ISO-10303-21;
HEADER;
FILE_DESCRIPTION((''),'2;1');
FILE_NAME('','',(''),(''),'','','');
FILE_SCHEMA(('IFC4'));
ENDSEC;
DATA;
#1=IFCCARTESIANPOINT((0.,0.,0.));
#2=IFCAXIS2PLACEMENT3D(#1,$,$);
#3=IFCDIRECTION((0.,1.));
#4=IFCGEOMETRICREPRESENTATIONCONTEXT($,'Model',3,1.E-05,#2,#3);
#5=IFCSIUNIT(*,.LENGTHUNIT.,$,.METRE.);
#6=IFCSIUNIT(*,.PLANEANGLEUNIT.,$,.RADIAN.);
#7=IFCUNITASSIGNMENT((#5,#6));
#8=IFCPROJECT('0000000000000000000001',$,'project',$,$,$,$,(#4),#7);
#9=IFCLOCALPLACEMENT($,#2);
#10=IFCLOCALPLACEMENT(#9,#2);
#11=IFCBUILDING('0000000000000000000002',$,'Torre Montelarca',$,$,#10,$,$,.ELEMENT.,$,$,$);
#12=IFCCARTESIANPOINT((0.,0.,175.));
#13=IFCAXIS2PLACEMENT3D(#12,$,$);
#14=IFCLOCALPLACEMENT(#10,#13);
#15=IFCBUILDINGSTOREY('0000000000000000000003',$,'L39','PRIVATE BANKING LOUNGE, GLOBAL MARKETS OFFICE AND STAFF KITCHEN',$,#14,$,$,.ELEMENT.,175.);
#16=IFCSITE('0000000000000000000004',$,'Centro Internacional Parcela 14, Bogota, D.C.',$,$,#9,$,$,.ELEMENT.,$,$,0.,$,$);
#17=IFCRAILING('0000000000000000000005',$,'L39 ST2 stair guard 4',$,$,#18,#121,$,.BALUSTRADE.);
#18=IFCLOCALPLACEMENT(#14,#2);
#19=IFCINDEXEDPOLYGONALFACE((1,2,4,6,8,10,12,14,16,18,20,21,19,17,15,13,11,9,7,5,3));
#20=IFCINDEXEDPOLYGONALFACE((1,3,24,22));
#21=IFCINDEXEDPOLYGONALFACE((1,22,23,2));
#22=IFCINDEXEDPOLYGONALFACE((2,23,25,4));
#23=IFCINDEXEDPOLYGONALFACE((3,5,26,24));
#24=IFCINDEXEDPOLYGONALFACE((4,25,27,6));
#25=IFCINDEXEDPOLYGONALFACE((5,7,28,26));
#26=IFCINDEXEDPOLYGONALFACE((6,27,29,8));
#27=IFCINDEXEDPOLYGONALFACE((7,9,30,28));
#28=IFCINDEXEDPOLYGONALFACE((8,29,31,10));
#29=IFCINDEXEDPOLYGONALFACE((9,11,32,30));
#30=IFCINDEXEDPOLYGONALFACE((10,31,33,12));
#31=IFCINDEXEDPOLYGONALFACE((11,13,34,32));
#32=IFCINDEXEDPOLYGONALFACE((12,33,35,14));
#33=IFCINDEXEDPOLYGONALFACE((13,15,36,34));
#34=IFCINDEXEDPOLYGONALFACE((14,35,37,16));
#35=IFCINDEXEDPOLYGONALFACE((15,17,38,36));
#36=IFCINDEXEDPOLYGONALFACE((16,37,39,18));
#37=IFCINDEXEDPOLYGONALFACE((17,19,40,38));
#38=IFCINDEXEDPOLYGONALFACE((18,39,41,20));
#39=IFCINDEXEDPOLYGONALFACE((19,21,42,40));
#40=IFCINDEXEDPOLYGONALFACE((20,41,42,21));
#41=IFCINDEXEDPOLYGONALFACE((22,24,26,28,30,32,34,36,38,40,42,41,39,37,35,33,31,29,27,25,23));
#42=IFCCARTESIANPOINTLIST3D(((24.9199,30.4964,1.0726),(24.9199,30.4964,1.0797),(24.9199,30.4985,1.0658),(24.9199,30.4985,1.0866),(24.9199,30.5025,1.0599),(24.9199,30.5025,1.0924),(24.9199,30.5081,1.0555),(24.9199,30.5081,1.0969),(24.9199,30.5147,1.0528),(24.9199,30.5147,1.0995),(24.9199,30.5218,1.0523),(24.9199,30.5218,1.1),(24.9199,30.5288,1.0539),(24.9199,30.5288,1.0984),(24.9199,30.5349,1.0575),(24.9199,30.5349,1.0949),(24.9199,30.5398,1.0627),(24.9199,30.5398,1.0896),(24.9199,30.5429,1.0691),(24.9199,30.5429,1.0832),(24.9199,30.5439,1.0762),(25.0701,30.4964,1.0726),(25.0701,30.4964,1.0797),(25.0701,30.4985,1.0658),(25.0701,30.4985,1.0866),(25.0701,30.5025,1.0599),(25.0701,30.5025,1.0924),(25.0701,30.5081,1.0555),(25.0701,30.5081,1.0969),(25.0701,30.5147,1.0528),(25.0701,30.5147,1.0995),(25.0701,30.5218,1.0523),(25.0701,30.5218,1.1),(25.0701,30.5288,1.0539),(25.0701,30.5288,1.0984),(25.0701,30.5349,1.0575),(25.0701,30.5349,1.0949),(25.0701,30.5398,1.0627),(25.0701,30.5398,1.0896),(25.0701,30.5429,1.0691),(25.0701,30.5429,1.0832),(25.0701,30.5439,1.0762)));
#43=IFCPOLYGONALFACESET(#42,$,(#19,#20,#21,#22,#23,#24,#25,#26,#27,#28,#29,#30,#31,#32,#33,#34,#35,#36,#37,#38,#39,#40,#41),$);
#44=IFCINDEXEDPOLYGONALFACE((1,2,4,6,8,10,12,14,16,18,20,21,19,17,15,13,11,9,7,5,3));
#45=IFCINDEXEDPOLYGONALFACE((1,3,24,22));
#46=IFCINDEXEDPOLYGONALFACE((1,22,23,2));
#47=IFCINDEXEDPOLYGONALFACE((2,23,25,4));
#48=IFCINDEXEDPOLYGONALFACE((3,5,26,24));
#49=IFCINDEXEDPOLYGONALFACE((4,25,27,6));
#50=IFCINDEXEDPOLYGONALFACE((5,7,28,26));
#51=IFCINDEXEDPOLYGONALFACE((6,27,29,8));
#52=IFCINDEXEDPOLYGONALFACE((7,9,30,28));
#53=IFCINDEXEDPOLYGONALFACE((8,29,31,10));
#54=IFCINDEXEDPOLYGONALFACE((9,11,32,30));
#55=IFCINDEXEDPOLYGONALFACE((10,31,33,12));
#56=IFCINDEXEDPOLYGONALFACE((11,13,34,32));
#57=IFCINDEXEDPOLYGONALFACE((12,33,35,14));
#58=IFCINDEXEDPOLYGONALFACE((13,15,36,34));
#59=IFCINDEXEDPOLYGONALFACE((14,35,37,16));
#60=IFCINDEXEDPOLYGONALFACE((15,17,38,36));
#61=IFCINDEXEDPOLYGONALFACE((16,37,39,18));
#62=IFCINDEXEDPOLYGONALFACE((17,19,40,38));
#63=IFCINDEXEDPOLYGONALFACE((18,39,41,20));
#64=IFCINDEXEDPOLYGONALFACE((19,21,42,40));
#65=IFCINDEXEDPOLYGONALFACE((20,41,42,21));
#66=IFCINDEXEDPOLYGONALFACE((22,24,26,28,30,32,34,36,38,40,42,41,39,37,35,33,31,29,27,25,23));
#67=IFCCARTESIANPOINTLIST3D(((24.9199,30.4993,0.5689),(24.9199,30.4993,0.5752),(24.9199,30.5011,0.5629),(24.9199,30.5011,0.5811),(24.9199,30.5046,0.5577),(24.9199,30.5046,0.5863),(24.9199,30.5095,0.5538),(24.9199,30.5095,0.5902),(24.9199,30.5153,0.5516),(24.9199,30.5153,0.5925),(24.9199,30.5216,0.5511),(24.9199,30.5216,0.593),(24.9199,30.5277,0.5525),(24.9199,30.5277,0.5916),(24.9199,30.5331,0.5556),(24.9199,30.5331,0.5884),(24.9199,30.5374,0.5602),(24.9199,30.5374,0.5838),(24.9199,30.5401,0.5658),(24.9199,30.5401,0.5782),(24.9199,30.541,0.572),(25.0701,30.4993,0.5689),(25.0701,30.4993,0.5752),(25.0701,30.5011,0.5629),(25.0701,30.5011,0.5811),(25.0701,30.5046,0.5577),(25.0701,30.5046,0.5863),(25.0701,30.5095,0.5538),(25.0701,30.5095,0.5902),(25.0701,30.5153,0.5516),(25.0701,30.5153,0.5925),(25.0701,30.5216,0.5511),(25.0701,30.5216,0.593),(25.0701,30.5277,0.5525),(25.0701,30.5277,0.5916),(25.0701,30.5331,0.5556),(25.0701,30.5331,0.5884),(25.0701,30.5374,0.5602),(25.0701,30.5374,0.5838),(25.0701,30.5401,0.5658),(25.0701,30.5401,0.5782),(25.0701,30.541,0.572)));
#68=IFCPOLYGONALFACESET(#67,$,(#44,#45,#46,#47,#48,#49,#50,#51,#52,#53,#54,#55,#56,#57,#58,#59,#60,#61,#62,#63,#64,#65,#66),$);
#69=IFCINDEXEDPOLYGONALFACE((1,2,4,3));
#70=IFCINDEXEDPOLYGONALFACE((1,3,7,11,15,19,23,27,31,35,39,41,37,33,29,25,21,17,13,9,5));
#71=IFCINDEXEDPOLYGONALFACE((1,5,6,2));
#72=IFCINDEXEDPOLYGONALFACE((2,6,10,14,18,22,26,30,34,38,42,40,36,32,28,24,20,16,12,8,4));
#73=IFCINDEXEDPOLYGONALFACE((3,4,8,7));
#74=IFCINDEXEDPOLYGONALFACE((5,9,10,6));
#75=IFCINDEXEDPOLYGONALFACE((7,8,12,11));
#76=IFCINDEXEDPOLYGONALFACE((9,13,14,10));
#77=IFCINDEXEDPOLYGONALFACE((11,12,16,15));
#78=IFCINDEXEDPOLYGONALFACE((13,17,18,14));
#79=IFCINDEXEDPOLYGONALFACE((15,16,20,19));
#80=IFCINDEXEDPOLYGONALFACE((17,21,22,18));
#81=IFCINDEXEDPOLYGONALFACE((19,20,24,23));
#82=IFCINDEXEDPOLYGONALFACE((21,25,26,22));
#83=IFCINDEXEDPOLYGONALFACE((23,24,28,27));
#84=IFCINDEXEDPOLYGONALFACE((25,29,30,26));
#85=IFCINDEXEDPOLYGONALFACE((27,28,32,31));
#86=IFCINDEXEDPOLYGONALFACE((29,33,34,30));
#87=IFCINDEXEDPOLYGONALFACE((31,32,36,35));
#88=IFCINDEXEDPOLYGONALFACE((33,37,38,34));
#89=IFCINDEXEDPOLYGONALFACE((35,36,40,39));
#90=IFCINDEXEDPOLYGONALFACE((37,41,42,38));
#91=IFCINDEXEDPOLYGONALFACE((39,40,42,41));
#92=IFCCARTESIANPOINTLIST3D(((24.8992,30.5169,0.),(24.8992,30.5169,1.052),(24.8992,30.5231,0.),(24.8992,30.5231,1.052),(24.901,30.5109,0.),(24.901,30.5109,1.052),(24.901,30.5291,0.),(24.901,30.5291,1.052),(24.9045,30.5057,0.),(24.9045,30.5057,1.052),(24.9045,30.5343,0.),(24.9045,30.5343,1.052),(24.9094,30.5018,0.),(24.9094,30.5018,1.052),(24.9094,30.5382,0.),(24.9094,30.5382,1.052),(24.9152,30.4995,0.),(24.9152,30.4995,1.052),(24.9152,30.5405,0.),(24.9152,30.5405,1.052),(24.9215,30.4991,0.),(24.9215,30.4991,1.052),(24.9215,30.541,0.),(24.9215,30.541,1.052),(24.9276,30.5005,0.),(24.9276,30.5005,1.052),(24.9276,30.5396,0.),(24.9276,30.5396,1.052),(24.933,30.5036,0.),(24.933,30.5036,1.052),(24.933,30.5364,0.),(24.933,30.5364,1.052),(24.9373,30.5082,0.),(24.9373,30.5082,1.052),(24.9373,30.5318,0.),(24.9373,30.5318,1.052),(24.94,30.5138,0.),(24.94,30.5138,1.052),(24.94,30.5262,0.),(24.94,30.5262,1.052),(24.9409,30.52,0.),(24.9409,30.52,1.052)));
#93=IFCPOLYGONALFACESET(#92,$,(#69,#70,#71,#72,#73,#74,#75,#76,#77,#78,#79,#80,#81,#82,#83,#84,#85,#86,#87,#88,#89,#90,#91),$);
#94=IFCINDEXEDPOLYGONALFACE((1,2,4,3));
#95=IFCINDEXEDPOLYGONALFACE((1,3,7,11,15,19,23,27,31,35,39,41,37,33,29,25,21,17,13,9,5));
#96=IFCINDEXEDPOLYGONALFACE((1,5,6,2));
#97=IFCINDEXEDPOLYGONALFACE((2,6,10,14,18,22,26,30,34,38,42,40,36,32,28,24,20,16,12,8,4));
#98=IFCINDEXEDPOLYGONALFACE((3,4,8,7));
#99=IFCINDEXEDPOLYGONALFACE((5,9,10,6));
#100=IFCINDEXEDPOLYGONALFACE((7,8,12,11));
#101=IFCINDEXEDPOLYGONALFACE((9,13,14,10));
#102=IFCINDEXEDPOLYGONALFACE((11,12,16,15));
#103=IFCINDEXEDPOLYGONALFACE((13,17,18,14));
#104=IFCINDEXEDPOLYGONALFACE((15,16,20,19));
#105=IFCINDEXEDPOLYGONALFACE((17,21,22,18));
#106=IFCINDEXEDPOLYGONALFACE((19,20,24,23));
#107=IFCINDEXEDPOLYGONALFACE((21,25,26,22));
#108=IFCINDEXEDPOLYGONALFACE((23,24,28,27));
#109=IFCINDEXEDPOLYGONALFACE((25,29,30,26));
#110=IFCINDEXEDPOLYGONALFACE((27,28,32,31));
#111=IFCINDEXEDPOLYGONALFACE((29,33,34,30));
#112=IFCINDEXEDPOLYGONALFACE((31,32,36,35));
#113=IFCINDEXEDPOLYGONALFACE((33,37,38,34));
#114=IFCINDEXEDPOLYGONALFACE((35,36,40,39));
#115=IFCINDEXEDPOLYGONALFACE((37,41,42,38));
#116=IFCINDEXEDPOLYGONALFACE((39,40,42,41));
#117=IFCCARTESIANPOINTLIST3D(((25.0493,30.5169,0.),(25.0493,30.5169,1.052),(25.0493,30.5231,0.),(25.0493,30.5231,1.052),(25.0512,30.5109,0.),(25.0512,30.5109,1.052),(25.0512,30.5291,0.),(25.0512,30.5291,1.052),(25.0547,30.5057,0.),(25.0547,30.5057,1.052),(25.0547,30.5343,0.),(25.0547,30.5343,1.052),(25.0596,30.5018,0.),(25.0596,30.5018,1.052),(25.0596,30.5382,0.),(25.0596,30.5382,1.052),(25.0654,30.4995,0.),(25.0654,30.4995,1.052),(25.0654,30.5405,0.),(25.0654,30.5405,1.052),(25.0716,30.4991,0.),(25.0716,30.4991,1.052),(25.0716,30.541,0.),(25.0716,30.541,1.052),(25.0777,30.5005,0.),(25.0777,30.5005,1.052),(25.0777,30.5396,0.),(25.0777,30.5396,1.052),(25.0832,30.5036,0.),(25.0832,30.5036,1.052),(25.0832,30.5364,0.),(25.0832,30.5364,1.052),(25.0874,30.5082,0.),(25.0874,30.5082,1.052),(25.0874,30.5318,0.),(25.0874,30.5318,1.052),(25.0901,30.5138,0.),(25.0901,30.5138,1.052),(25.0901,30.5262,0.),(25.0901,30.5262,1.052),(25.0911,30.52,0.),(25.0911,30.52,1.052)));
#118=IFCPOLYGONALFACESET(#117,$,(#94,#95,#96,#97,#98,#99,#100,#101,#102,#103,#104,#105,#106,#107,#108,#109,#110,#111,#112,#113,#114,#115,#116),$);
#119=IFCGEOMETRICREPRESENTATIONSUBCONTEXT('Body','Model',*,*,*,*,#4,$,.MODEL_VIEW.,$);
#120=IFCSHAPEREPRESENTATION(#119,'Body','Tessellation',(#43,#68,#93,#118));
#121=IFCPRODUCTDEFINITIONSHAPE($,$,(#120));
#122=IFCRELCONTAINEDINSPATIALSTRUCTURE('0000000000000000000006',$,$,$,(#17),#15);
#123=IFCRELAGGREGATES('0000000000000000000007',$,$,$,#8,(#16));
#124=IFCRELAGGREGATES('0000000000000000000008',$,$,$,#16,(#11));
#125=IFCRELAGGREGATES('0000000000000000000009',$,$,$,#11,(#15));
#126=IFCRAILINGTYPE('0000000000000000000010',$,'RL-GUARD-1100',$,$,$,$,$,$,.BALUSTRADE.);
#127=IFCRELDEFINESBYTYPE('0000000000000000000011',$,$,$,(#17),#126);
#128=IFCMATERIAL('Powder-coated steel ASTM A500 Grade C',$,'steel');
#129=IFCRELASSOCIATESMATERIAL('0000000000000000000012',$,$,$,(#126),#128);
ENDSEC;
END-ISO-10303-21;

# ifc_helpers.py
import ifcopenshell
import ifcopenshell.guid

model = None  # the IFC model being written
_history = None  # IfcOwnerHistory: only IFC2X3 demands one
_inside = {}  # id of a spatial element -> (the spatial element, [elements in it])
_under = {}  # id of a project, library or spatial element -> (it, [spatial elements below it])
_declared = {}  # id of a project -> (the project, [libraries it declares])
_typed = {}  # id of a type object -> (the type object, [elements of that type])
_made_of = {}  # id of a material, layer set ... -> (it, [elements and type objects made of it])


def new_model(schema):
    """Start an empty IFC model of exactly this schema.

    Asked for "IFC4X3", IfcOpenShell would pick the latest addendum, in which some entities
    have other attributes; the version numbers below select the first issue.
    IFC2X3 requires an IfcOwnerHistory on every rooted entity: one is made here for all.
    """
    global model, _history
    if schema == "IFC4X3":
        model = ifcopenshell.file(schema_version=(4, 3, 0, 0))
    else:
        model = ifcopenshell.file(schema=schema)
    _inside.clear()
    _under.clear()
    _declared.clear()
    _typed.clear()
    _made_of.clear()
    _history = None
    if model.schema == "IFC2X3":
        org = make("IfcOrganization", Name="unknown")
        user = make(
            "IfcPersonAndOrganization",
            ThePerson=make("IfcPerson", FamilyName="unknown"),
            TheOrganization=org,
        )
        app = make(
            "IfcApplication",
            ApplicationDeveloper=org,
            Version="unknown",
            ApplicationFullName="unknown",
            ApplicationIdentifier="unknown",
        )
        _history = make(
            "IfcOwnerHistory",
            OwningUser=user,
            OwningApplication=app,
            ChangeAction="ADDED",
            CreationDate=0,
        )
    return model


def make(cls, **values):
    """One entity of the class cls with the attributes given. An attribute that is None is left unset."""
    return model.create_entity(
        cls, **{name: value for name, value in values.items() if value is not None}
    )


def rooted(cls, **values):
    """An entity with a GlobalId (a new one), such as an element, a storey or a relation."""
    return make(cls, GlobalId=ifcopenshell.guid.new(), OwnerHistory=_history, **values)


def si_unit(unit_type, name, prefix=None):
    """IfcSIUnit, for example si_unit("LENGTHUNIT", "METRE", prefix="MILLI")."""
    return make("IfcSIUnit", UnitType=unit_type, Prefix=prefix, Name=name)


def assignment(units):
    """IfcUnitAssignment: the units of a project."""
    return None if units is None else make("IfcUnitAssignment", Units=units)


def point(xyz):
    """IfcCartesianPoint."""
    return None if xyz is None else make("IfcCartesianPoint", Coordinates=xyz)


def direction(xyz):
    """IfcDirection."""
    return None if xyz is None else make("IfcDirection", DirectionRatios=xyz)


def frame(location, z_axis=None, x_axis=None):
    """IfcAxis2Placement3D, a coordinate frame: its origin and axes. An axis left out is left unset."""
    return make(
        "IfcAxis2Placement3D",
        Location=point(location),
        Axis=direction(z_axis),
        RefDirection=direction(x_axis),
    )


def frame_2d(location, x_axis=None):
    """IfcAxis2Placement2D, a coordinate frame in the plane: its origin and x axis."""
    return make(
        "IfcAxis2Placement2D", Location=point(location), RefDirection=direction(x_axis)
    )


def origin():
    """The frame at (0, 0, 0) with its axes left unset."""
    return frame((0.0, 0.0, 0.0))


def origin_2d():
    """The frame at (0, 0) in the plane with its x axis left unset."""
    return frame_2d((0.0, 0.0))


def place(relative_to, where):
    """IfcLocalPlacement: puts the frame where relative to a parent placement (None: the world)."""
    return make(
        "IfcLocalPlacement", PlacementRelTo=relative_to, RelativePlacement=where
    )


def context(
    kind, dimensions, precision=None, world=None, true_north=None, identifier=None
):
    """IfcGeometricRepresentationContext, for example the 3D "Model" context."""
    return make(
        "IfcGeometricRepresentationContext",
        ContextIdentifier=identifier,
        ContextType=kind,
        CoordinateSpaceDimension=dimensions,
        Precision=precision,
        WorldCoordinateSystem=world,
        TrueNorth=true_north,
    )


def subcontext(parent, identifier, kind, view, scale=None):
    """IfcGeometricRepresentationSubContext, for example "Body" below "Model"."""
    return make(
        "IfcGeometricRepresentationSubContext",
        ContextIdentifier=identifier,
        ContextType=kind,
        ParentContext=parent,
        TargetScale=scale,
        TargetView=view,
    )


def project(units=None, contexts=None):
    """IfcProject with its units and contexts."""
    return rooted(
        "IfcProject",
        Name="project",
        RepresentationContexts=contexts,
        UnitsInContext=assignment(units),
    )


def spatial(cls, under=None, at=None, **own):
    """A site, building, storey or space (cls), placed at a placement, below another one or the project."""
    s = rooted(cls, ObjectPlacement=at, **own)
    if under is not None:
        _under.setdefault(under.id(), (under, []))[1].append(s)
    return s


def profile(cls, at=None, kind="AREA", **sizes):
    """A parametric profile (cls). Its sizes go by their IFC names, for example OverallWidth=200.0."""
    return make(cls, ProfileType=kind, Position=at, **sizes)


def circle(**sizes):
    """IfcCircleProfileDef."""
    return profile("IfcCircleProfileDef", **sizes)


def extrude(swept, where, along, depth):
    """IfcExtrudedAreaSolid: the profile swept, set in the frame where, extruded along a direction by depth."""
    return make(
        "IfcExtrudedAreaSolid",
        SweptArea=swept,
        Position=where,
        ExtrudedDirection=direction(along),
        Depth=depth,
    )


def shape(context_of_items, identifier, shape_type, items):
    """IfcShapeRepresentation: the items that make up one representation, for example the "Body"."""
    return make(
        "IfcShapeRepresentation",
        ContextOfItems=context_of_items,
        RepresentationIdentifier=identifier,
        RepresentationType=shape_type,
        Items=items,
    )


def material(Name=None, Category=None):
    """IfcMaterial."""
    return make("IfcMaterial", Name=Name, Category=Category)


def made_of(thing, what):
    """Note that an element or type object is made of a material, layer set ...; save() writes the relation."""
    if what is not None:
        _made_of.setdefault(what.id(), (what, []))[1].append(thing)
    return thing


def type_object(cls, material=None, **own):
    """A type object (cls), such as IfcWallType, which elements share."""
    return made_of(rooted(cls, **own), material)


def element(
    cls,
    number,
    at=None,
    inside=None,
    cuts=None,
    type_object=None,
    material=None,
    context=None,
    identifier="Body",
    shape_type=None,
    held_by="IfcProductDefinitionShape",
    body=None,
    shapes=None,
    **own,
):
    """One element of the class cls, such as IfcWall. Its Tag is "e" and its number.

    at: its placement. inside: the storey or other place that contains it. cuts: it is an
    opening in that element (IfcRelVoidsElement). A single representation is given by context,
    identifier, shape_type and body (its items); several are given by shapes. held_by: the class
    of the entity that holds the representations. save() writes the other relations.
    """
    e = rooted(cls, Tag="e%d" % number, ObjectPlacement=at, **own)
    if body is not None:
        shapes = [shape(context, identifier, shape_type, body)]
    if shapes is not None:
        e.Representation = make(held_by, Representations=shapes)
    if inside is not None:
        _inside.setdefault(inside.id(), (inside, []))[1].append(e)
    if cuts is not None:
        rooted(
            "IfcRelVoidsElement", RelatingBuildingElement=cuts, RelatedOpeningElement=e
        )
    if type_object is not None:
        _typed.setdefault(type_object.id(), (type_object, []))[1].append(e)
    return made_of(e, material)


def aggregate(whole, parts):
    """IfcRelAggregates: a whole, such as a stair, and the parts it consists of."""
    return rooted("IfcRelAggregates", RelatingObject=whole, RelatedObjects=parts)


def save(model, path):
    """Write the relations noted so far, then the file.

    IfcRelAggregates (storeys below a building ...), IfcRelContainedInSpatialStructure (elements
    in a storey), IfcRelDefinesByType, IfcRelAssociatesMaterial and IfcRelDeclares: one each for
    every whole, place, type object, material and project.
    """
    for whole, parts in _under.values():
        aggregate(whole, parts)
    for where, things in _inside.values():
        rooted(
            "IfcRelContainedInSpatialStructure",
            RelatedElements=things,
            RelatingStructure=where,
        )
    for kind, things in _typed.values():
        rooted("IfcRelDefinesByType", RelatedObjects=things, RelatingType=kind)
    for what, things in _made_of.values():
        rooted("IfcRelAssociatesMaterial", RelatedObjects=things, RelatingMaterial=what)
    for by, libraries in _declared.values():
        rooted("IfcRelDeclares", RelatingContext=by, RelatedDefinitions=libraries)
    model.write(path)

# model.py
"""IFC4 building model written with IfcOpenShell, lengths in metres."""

from ifc_helpers import new_model, si_unit, direction, frame, origin, origin_2d, place, context, subcontext, project, spatial, circle, extrude, material, type_object, element, save


model = new_model("IFC4")

# Units and contexts
model_context = context("Model", 3, precision=1e-05, world=origin(), true_north=direction((0.0, 1.0)))
body_context = subcontext(model_context, "Body", "Model", "MODEL_VIEW")
ifc_project = project(units=[si_unit("LENGTHUNIT", "METRE"), si_unit("PLANEANGLEUNIT", "RADIAN")], contexts=[model_context])

# Site, building, storey
site_placement = place(None, origin())
site = spatial("IfcSite", under=ifc_project, at=site_placement, Name="Centro Internacional Parcela 14, Bogota, D.C.", CompositionType="ELEMENT", RefElevation=0.0)
building_placement = place(site_placement, origin())
building = spatial("IfcBuilding", under=site, at=building_placement, Name="Torre Montelarca", CompositionType="ELEMENT")
storey_placement = place(building_placement, frame((0.0, 0.0, 175.0)))
storey = spatial("IfcBuildingStorey", under=building, at=storey_placement, Name="L39", Description="PRIVATE BANKING LOUNGE, GLOBAL MARKETS OFFICE AND STAFF KITCHEN", CompositionType="ELEMENT", Elevation=175.0)

# Railing
ifc_material_1 = material(Name="Powder-coated steel ASTM A500 Grade C", Category="steel")
railing_type_1 = type_object("IfcRailingType", Name="RL-GUARD-1100", PredefinedType="BALUSTRADE", material=ifc_material_1)
railing_1_placement = place(storey_placement, frame((24.9199, 30.52, 0.0)))
element("IfcRailing", 1, at=railing_1_placement, inside=storey, type_object=railing_type_1, Name="L39 ST2 stair guard 4", PredefinedType="BALUSTRADE", context=body_context, shape_type="SweptSolid", body=[
    extrude(circle(Radius=0.0239, at=origin_2d()), frame((0.0, 0.0, 1.0762), z_axis=(1.0, 0.0, 0.0), x_axis=(0.0, 1.0, 0.0)), (0.0, 0.0, 1.0), 0.1501),
    extrude(circle(Radius=0.021, at=origin_2d()), frame((0.0, 0.0, 0.572), z_axis=(1.0, 0.0, 0.0), x_axis=(0.0, 1.0, 0.0)), (0.0, 0.0, 1.0), 0.1501),
    extrude(circle(Radius=0.021, at=origin_2d()), origin(), (0.0, 0.0, 1.0), 1.052),
    extrude(circle(Radius=0.021, at=origin_2d()), frame((0.1501, 0.0, 0.0)), (0.0, 0.0, 1.0), 1.052),
])

save(model, "model.ifc")
